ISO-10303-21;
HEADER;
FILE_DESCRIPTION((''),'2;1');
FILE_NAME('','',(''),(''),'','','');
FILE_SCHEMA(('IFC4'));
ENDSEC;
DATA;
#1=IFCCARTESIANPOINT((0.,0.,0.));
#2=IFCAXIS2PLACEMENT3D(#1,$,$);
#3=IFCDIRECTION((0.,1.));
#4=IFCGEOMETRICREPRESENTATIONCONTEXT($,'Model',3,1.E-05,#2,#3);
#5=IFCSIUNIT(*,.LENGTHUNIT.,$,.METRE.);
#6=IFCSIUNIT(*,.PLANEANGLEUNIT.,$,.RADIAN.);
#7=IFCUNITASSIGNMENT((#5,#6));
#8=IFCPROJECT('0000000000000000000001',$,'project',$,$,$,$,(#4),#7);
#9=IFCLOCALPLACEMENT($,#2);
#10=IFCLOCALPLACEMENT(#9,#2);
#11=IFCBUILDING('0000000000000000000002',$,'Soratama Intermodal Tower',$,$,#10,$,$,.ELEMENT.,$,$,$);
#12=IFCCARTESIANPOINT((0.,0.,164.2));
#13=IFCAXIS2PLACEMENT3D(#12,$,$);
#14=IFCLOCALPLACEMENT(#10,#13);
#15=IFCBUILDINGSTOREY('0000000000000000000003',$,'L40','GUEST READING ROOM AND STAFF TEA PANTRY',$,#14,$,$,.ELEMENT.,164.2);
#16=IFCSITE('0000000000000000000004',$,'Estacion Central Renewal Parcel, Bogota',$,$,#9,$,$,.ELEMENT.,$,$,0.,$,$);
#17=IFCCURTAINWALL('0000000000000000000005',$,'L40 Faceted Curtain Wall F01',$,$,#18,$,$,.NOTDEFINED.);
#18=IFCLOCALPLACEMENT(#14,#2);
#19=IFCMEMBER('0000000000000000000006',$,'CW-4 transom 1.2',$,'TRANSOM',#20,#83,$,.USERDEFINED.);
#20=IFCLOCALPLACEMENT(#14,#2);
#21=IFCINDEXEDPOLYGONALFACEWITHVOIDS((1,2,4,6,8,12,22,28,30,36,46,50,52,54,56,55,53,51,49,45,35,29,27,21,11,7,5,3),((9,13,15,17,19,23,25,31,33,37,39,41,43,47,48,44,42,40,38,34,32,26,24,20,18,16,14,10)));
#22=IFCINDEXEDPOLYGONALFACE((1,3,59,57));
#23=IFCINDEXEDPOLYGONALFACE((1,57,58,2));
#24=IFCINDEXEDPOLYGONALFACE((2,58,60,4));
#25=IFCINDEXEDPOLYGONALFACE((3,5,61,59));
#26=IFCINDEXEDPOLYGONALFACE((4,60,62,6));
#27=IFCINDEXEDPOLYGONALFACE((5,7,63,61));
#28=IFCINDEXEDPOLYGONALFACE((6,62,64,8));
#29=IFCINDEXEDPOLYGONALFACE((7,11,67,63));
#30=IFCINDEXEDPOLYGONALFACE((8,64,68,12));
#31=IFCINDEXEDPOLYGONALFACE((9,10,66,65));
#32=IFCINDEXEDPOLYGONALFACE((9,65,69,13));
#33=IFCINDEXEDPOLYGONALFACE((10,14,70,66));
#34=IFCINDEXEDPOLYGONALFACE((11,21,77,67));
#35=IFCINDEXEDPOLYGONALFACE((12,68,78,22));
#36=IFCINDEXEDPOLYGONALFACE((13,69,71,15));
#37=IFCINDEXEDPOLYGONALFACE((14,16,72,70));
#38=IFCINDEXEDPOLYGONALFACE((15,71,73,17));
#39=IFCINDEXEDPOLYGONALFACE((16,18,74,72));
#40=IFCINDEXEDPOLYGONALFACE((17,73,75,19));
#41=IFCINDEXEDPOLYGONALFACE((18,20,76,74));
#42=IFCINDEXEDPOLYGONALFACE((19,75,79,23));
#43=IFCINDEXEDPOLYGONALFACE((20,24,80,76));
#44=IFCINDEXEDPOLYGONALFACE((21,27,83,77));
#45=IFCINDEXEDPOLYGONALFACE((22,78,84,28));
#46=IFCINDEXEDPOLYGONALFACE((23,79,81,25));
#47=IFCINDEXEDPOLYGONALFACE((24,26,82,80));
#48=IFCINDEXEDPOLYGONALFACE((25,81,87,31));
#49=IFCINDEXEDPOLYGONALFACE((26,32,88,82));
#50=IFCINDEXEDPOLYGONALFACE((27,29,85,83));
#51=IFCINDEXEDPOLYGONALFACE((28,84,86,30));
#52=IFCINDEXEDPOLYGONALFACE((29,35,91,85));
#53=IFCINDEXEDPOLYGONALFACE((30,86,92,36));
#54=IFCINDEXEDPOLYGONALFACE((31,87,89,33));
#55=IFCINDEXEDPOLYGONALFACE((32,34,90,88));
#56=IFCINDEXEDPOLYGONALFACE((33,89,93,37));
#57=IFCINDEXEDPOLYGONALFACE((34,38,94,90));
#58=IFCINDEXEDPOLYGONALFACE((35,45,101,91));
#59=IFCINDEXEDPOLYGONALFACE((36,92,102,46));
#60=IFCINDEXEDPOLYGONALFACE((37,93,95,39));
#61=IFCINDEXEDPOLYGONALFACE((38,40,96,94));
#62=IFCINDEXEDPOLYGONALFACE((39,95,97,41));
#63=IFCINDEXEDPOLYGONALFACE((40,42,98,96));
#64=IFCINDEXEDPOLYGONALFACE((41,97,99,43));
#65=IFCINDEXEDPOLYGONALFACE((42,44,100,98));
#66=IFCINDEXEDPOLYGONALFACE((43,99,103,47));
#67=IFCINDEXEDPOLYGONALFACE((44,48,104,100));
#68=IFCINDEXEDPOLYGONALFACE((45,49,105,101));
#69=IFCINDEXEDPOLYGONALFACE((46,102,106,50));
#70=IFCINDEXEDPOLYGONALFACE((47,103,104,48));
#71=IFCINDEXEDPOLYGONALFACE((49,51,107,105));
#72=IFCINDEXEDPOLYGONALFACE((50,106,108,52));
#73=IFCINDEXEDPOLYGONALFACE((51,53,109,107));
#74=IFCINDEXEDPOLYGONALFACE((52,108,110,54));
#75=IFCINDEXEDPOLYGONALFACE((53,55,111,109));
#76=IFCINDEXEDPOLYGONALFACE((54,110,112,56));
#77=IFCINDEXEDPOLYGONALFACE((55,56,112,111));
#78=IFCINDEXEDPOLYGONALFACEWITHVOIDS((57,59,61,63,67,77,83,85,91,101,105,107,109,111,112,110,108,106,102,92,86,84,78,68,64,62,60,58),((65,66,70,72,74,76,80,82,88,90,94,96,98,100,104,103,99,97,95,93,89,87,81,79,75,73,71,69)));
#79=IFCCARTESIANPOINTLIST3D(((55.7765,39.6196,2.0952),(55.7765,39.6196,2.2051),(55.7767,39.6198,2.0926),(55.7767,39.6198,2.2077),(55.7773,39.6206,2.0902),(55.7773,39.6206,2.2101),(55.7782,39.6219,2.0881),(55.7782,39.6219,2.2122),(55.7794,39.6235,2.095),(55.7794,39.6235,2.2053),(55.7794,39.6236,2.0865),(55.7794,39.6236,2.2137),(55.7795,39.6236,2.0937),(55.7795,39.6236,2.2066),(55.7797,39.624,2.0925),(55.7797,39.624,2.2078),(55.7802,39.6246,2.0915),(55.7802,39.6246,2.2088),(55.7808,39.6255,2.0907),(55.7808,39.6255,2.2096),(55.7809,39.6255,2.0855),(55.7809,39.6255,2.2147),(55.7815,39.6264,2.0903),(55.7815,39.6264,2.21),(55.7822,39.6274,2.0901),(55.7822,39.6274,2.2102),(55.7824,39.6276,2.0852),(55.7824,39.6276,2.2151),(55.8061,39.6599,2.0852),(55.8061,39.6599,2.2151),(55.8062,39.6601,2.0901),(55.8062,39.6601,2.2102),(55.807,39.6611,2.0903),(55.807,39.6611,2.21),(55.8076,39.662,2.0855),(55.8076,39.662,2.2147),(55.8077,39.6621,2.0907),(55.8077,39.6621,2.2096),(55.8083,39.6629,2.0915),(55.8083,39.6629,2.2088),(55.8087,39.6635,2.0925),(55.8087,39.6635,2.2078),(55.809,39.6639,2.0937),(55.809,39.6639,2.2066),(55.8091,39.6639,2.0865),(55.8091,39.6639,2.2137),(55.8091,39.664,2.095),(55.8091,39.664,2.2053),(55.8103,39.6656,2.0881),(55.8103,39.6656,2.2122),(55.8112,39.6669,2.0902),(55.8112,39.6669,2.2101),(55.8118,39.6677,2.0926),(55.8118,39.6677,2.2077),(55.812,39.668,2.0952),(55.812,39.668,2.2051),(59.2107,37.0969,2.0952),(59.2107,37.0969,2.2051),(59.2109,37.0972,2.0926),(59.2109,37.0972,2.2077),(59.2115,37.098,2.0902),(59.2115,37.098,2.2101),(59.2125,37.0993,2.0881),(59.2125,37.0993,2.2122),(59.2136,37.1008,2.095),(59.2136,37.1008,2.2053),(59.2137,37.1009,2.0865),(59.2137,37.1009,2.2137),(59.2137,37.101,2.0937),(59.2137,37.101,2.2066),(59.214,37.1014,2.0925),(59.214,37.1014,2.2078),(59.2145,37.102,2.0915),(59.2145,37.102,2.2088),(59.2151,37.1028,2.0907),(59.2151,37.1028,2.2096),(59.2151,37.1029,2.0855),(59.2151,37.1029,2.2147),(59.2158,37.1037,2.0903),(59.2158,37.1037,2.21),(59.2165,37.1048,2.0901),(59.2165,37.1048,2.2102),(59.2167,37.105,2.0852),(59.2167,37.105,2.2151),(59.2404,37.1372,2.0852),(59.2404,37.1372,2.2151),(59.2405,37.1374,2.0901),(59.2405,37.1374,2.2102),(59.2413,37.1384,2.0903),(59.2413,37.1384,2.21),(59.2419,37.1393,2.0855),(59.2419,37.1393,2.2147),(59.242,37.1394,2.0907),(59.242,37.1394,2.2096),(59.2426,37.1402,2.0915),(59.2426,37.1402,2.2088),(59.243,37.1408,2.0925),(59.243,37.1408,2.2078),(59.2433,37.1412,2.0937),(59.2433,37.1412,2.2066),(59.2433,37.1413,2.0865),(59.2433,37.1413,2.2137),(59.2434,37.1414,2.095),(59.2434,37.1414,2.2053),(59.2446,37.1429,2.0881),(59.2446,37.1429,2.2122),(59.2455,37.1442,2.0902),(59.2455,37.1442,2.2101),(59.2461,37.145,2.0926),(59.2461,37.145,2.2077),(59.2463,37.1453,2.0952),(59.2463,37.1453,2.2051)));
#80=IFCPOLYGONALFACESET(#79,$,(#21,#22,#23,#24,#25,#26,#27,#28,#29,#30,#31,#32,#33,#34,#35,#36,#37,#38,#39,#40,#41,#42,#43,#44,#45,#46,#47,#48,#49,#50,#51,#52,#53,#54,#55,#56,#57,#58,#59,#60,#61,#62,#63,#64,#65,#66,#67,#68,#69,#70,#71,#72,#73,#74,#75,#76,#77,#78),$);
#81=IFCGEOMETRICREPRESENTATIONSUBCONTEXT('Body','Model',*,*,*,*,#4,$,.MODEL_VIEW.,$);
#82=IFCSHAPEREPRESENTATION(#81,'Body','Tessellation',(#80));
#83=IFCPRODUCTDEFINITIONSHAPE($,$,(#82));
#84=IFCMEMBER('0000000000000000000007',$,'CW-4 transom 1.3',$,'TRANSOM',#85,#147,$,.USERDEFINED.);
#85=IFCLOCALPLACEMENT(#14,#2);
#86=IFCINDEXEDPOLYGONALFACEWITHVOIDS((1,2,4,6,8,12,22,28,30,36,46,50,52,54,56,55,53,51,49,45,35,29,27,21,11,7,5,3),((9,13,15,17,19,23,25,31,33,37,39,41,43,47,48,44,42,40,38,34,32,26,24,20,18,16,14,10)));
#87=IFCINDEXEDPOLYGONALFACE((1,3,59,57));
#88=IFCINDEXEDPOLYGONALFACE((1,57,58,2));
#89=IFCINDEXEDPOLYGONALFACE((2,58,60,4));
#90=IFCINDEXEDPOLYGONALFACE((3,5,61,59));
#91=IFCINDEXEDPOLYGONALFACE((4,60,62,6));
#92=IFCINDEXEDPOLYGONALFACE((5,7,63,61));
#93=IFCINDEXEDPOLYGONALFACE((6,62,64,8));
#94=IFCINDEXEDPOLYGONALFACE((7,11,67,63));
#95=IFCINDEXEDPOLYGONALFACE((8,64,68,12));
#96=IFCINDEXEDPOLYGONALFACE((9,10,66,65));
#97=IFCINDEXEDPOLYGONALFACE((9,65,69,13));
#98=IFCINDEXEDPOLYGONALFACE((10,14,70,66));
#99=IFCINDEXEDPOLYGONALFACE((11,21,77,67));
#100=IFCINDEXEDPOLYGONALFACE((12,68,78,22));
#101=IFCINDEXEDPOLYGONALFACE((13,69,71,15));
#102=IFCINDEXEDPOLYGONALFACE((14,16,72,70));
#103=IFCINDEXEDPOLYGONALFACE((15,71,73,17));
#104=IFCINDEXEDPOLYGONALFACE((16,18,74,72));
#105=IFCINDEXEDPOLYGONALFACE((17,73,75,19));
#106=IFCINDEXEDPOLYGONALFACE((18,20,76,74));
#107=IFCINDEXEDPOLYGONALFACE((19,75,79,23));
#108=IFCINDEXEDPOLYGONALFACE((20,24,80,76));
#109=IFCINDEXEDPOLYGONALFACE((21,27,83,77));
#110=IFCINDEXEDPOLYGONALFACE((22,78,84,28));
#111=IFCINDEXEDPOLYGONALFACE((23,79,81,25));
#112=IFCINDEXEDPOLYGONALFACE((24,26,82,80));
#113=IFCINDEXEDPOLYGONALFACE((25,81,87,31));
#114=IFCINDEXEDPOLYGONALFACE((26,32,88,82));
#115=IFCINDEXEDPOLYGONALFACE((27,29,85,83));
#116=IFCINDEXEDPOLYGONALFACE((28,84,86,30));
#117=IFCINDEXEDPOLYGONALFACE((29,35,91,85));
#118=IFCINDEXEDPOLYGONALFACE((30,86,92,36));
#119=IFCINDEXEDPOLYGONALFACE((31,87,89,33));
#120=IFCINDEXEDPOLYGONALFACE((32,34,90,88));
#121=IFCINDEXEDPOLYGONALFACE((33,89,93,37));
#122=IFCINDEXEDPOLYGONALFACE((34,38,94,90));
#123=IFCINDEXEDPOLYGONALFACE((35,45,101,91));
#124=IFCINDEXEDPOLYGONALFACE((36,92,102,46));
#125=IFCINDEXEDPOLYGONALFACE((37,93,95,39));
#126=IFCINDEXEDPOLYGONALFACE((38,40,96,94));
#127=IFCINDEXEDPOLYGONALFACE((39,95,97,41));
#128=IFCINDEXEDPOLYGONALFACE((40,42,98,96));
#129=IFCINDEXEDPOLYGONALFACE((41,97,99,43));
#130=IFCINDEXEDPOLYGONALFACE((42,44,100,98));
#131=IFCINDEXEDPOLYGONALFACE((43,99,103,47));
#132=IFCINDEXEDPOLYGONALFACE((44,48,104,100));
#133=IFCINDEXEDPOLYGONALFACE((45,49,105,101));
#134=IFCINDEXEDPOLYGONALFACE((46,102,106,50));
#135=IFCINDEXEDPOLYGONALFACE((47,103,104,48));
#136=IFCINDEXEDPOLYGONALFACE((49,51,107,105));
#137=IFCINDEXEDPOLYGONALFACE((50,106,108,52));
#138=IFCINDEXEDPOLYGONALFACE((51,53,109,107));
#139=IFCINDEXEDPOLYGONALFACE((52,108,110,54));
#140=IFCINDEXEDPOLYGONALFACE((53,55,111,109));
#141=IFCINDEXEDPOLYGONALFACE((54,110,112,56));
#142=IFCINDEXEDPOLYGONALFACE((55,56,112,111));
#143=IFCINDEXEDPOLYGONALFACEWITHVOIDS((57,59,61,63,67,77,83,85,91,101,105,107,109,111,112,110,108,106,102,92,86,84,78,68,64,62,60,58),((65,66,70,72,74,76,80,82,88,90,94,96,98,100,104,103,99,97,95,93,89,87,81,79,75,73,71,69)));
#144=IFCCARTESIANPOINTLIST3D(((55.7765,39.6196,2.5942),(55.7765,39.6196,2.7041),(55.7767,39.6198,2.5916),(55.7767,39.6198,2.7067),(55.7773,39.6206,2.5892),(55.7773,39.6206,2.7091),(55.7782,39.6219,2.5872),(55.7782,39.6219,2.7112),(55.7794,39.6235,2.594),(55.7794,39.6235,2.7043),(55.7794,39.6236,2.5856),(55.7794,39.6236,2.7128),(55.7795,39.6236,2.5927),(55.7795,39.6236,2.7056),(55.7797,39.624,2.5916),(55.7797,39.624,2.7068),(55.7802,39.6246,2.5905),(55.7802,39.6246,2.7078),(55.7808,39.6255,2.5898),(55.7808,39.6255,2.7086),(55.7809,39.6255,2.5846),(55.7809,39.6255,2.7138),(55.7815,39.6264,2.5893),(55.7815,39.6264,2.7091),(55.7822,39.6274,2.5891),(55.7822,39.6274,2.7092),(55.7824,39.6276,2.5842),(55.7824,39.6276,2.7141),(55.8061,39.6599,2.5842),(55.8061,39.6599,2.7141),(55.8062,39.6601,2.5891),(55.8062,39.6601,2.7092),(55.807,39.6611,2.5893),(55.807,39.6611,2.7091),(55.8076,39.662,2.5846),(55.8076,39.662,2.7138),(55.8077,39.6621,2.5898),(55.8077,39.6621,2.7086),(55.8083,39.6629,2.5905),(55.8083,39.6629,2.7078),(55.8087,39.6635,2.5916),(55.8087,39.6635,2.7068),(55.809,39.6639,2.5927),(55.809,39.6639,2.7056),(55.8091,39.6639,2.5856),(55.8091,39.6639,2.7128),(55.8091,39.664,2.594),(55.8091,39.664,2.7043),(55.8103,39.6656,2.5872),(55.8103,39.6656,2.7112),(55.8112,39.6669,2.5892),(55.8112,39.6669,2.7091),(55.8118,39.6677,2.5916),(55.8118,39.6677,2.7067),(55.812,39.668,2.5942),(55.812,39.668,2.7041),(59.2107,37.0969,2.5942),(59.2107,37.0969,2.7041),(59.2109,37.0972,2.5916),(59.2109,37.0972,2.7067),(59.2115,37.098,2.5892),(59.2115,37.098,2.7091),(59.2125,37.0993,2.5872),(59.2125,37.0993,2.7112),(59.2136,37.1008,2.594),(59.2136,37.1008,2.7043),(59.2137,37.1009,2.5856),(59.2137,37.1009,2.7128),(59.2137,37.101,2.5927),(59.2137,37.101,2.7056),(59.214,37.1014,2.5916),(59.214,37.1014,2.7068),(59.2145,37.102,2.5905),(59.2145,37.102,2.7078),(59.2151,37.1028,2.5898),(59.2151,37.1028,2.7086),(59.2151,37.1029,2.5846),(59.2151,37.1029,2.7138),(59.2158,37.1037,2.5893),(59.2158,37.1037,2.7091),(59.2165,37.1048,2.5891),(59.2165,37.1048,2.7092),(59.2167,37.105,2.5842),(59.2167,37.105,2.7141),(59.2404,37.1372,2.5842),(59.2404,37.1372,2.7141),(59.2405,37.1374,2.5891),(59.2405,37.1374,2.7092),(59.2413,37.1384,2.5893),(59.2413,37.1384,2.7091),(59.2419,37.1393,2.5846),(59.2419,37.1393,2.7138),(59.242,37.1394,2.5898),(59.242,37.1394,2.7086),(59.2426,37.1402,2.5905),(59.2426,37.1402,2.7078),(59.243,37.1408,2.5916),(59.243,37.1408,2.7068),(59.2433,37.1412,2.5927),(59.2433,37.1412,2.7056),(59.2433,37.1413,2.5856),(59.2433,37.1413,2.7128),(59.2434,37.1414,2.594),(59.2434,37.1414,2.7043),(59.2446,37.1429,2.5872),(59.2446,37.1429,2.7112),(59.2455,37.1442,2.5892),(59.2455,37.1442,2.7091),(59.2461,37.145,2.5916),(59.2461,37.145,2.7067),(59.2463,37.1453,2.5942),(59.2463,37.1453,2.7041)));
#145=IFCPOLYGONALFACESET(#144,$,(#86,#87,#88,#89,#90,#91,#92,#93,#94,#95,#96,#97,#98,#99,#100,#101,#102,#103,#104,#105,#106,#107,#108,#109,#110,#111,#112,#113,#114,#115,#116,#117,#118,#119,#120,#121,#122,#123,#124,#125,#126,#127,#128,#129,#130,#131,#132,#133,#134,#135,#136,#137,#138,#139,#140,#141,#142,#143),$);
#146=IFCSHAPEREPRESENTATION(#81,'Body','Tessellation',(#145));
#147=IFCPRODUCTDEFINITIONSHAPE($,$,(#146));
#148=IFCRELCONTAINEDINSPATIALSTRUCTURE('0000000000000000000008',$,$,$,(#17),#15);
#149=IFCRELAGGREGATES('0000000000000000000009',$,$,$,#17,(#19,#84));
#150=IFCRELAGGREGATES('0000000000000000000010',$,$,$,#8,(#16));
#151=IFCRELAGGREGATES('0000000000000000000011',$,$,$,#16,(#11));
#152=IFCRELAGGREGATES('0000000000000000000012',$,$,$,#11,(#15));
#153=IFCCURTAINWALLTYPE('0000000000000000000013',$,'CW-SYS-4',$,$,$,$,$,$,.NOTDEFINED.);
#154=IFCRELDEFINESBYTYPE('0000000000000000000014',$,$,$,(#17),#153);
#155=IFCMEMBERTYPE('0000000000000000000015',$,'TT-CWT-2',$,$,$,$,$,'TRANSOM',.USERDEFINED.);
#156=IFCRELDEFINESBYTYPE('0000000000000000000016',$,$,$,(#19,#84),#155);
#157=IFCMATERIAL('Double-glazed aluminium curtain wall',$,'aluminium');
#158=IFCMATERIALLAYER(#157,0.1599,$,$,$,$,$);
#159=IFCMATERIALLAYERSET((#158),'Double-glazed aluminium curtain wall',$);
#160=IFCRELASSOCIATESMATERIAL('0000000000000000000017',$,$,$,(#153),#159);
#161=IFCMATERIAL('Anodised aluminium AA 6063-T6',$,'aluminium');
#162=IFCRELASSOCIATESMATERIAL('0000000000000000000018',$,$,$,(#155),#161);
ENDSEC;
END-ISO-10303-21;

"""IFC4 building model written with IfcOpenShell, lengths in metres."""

from ifc_helpers import new_model, si_unit, direction, frame, origin, origin_2d, place, context, subcontext, project, spatial, hollow_rectangle, extrude, material, layer, layer_set, material_profile, profile_set, type_object, element, aggregate, save


model = new_model("IFC4")

# Units and contexts
model_context = context("Model", 3, precision=1e-05, world=origin(), true_north=direction((0.0, 1.0)))
body_context = subcontext(model_context, "Body", "Model", "MODEL_VIEW")
ifc_project = project(units=[si_unit("LENGTHUNIT", "METRE"), si_unit("PLANEANGLEUNIT", "RADIAN")], contexts=[model_context])

# Site, building, storey
site_placement = place(None, origin())
site = spatial("IfcSite", under=ifc_project, at=site_placement, Name="Estacion Central Renewal Parcel, Bogota", CompositionType="ELEMENT", RefElevation=0.0)
building_placement = place(site_placement, origin())
building = spatial("IfcBuilding", under=site, at=building_placement, Name="Soratama Intermodal Tower", CompositionType="ELEMENT")
storey_placement = place(building_placement, frame((0.0, 0.0, 164.2)))
storey = spatial("IfcBuildingStorey", under=building, at=storey_placement, Name="L40", Description="GUEST READING ROOM AND STAFF TEA PANTRY", CompositionType="ELEMENT", Elevation=164.2)

# Curtain wall, members
ifc_material_1 = material(Name="Double-glazed aluminium curtain wall", Category="aluminium")
ifc_layer_1 = layer(ifc_material_1, 0.1599)
ifc_layer_set_1 = layer_set([ifc_layer_1], Name="Double-glazed aluminium curtain wall")
curtain_wall_type = type_object("IfcCurtainWallType", Name="CW-SYS-4", PredefinedType="NOTDEFINED", material=ifc_layer_set_1)
curtain_wall_placement = place(storey_placement, origin())
curtain_wall = element("IfcCurtainWall", 1, at=curtain_wall_placement, inside=storey, type_object=curtain_wall_type, Name="L40 Faceted Curtain Wall F01", PredefinedType="NOTDEFINED")
ifc_material_2 = material(Name="Anodised aluminium AA 6063-T6", Category="aluminium")
ifc_material_profile_1 = material_profile(ifc_material_2, hollow_rectangle(XDim=0.0601, YDim=0.1299, WallThickness=0.0049, InnerFilletRadius=0.0049, OuterFilletRadius=0.01, at=origin_2d()), Name="CWT130X60X5")
ifc_profile_set_1 = profile_set([ifc_material_profile_1], Name="Anodised aluminium AA 6063-T6")
member_type_1 = type_object("IfcMemberType", Name="TT-CWT-2", ElementType="TRANSOM", PredefinedType="USERDEFINED", material=ifc_profile_set_1)
member_1_placement = place(storey_placement, frame((59.2285, 37.1211, 2.1501), z_axis=(-0.805935, 0.592004, 0.0), x_axis=(-0.592004, -0.805935, 0.0)))
member_1 = element("IfcMember", 2, at=member_1_placement, type_object=member_type_1, Name="CW-4 transom 1.2", ObjectType="TRANSOM", PredefinedType="USERDEFINED", context=body_context, shape_type="SweptSolid", body=[
    extrude(hollow_rectangle(XDim=0.0601, YDim=0.1299, WallThickness=0.0049, InnerFilletRadius=0.0049, OuterFilletRadius=0.01, at=origin_2d()), origin(), (0.0, 0.0, 1.0), 4.2612),
])
member_2_placement = place(storey_placement, frame((59.2285, 37.1211, 2.6492), z_axis=(-0.805935, 0.592004, 0.0), x_axis=(-0.592004, -0.805935, 0.0)))
member_2 = element("IfcMember", 3, at=member_2_placement, type_object=member_type_1, Name="CW-4 transom 1.3", ObjectType="TRANSOM", PredefinedType="USERDEFINED", context=body_context, shape_type="SweptSolid", body=[
    extrude(hollow_rectangle(XDim=0.0601, YDim=0.1299, WallThickness=0.0049, InnerFilletRadius=0.0049, OuterFilletRadius=0.01, at=origin_2d()), origin(), (0.0, 0.0, 1.0), 4.2612),
])
aggregate(curtain_wall, [member_1, member_2])

save(model, "model.ifc")
